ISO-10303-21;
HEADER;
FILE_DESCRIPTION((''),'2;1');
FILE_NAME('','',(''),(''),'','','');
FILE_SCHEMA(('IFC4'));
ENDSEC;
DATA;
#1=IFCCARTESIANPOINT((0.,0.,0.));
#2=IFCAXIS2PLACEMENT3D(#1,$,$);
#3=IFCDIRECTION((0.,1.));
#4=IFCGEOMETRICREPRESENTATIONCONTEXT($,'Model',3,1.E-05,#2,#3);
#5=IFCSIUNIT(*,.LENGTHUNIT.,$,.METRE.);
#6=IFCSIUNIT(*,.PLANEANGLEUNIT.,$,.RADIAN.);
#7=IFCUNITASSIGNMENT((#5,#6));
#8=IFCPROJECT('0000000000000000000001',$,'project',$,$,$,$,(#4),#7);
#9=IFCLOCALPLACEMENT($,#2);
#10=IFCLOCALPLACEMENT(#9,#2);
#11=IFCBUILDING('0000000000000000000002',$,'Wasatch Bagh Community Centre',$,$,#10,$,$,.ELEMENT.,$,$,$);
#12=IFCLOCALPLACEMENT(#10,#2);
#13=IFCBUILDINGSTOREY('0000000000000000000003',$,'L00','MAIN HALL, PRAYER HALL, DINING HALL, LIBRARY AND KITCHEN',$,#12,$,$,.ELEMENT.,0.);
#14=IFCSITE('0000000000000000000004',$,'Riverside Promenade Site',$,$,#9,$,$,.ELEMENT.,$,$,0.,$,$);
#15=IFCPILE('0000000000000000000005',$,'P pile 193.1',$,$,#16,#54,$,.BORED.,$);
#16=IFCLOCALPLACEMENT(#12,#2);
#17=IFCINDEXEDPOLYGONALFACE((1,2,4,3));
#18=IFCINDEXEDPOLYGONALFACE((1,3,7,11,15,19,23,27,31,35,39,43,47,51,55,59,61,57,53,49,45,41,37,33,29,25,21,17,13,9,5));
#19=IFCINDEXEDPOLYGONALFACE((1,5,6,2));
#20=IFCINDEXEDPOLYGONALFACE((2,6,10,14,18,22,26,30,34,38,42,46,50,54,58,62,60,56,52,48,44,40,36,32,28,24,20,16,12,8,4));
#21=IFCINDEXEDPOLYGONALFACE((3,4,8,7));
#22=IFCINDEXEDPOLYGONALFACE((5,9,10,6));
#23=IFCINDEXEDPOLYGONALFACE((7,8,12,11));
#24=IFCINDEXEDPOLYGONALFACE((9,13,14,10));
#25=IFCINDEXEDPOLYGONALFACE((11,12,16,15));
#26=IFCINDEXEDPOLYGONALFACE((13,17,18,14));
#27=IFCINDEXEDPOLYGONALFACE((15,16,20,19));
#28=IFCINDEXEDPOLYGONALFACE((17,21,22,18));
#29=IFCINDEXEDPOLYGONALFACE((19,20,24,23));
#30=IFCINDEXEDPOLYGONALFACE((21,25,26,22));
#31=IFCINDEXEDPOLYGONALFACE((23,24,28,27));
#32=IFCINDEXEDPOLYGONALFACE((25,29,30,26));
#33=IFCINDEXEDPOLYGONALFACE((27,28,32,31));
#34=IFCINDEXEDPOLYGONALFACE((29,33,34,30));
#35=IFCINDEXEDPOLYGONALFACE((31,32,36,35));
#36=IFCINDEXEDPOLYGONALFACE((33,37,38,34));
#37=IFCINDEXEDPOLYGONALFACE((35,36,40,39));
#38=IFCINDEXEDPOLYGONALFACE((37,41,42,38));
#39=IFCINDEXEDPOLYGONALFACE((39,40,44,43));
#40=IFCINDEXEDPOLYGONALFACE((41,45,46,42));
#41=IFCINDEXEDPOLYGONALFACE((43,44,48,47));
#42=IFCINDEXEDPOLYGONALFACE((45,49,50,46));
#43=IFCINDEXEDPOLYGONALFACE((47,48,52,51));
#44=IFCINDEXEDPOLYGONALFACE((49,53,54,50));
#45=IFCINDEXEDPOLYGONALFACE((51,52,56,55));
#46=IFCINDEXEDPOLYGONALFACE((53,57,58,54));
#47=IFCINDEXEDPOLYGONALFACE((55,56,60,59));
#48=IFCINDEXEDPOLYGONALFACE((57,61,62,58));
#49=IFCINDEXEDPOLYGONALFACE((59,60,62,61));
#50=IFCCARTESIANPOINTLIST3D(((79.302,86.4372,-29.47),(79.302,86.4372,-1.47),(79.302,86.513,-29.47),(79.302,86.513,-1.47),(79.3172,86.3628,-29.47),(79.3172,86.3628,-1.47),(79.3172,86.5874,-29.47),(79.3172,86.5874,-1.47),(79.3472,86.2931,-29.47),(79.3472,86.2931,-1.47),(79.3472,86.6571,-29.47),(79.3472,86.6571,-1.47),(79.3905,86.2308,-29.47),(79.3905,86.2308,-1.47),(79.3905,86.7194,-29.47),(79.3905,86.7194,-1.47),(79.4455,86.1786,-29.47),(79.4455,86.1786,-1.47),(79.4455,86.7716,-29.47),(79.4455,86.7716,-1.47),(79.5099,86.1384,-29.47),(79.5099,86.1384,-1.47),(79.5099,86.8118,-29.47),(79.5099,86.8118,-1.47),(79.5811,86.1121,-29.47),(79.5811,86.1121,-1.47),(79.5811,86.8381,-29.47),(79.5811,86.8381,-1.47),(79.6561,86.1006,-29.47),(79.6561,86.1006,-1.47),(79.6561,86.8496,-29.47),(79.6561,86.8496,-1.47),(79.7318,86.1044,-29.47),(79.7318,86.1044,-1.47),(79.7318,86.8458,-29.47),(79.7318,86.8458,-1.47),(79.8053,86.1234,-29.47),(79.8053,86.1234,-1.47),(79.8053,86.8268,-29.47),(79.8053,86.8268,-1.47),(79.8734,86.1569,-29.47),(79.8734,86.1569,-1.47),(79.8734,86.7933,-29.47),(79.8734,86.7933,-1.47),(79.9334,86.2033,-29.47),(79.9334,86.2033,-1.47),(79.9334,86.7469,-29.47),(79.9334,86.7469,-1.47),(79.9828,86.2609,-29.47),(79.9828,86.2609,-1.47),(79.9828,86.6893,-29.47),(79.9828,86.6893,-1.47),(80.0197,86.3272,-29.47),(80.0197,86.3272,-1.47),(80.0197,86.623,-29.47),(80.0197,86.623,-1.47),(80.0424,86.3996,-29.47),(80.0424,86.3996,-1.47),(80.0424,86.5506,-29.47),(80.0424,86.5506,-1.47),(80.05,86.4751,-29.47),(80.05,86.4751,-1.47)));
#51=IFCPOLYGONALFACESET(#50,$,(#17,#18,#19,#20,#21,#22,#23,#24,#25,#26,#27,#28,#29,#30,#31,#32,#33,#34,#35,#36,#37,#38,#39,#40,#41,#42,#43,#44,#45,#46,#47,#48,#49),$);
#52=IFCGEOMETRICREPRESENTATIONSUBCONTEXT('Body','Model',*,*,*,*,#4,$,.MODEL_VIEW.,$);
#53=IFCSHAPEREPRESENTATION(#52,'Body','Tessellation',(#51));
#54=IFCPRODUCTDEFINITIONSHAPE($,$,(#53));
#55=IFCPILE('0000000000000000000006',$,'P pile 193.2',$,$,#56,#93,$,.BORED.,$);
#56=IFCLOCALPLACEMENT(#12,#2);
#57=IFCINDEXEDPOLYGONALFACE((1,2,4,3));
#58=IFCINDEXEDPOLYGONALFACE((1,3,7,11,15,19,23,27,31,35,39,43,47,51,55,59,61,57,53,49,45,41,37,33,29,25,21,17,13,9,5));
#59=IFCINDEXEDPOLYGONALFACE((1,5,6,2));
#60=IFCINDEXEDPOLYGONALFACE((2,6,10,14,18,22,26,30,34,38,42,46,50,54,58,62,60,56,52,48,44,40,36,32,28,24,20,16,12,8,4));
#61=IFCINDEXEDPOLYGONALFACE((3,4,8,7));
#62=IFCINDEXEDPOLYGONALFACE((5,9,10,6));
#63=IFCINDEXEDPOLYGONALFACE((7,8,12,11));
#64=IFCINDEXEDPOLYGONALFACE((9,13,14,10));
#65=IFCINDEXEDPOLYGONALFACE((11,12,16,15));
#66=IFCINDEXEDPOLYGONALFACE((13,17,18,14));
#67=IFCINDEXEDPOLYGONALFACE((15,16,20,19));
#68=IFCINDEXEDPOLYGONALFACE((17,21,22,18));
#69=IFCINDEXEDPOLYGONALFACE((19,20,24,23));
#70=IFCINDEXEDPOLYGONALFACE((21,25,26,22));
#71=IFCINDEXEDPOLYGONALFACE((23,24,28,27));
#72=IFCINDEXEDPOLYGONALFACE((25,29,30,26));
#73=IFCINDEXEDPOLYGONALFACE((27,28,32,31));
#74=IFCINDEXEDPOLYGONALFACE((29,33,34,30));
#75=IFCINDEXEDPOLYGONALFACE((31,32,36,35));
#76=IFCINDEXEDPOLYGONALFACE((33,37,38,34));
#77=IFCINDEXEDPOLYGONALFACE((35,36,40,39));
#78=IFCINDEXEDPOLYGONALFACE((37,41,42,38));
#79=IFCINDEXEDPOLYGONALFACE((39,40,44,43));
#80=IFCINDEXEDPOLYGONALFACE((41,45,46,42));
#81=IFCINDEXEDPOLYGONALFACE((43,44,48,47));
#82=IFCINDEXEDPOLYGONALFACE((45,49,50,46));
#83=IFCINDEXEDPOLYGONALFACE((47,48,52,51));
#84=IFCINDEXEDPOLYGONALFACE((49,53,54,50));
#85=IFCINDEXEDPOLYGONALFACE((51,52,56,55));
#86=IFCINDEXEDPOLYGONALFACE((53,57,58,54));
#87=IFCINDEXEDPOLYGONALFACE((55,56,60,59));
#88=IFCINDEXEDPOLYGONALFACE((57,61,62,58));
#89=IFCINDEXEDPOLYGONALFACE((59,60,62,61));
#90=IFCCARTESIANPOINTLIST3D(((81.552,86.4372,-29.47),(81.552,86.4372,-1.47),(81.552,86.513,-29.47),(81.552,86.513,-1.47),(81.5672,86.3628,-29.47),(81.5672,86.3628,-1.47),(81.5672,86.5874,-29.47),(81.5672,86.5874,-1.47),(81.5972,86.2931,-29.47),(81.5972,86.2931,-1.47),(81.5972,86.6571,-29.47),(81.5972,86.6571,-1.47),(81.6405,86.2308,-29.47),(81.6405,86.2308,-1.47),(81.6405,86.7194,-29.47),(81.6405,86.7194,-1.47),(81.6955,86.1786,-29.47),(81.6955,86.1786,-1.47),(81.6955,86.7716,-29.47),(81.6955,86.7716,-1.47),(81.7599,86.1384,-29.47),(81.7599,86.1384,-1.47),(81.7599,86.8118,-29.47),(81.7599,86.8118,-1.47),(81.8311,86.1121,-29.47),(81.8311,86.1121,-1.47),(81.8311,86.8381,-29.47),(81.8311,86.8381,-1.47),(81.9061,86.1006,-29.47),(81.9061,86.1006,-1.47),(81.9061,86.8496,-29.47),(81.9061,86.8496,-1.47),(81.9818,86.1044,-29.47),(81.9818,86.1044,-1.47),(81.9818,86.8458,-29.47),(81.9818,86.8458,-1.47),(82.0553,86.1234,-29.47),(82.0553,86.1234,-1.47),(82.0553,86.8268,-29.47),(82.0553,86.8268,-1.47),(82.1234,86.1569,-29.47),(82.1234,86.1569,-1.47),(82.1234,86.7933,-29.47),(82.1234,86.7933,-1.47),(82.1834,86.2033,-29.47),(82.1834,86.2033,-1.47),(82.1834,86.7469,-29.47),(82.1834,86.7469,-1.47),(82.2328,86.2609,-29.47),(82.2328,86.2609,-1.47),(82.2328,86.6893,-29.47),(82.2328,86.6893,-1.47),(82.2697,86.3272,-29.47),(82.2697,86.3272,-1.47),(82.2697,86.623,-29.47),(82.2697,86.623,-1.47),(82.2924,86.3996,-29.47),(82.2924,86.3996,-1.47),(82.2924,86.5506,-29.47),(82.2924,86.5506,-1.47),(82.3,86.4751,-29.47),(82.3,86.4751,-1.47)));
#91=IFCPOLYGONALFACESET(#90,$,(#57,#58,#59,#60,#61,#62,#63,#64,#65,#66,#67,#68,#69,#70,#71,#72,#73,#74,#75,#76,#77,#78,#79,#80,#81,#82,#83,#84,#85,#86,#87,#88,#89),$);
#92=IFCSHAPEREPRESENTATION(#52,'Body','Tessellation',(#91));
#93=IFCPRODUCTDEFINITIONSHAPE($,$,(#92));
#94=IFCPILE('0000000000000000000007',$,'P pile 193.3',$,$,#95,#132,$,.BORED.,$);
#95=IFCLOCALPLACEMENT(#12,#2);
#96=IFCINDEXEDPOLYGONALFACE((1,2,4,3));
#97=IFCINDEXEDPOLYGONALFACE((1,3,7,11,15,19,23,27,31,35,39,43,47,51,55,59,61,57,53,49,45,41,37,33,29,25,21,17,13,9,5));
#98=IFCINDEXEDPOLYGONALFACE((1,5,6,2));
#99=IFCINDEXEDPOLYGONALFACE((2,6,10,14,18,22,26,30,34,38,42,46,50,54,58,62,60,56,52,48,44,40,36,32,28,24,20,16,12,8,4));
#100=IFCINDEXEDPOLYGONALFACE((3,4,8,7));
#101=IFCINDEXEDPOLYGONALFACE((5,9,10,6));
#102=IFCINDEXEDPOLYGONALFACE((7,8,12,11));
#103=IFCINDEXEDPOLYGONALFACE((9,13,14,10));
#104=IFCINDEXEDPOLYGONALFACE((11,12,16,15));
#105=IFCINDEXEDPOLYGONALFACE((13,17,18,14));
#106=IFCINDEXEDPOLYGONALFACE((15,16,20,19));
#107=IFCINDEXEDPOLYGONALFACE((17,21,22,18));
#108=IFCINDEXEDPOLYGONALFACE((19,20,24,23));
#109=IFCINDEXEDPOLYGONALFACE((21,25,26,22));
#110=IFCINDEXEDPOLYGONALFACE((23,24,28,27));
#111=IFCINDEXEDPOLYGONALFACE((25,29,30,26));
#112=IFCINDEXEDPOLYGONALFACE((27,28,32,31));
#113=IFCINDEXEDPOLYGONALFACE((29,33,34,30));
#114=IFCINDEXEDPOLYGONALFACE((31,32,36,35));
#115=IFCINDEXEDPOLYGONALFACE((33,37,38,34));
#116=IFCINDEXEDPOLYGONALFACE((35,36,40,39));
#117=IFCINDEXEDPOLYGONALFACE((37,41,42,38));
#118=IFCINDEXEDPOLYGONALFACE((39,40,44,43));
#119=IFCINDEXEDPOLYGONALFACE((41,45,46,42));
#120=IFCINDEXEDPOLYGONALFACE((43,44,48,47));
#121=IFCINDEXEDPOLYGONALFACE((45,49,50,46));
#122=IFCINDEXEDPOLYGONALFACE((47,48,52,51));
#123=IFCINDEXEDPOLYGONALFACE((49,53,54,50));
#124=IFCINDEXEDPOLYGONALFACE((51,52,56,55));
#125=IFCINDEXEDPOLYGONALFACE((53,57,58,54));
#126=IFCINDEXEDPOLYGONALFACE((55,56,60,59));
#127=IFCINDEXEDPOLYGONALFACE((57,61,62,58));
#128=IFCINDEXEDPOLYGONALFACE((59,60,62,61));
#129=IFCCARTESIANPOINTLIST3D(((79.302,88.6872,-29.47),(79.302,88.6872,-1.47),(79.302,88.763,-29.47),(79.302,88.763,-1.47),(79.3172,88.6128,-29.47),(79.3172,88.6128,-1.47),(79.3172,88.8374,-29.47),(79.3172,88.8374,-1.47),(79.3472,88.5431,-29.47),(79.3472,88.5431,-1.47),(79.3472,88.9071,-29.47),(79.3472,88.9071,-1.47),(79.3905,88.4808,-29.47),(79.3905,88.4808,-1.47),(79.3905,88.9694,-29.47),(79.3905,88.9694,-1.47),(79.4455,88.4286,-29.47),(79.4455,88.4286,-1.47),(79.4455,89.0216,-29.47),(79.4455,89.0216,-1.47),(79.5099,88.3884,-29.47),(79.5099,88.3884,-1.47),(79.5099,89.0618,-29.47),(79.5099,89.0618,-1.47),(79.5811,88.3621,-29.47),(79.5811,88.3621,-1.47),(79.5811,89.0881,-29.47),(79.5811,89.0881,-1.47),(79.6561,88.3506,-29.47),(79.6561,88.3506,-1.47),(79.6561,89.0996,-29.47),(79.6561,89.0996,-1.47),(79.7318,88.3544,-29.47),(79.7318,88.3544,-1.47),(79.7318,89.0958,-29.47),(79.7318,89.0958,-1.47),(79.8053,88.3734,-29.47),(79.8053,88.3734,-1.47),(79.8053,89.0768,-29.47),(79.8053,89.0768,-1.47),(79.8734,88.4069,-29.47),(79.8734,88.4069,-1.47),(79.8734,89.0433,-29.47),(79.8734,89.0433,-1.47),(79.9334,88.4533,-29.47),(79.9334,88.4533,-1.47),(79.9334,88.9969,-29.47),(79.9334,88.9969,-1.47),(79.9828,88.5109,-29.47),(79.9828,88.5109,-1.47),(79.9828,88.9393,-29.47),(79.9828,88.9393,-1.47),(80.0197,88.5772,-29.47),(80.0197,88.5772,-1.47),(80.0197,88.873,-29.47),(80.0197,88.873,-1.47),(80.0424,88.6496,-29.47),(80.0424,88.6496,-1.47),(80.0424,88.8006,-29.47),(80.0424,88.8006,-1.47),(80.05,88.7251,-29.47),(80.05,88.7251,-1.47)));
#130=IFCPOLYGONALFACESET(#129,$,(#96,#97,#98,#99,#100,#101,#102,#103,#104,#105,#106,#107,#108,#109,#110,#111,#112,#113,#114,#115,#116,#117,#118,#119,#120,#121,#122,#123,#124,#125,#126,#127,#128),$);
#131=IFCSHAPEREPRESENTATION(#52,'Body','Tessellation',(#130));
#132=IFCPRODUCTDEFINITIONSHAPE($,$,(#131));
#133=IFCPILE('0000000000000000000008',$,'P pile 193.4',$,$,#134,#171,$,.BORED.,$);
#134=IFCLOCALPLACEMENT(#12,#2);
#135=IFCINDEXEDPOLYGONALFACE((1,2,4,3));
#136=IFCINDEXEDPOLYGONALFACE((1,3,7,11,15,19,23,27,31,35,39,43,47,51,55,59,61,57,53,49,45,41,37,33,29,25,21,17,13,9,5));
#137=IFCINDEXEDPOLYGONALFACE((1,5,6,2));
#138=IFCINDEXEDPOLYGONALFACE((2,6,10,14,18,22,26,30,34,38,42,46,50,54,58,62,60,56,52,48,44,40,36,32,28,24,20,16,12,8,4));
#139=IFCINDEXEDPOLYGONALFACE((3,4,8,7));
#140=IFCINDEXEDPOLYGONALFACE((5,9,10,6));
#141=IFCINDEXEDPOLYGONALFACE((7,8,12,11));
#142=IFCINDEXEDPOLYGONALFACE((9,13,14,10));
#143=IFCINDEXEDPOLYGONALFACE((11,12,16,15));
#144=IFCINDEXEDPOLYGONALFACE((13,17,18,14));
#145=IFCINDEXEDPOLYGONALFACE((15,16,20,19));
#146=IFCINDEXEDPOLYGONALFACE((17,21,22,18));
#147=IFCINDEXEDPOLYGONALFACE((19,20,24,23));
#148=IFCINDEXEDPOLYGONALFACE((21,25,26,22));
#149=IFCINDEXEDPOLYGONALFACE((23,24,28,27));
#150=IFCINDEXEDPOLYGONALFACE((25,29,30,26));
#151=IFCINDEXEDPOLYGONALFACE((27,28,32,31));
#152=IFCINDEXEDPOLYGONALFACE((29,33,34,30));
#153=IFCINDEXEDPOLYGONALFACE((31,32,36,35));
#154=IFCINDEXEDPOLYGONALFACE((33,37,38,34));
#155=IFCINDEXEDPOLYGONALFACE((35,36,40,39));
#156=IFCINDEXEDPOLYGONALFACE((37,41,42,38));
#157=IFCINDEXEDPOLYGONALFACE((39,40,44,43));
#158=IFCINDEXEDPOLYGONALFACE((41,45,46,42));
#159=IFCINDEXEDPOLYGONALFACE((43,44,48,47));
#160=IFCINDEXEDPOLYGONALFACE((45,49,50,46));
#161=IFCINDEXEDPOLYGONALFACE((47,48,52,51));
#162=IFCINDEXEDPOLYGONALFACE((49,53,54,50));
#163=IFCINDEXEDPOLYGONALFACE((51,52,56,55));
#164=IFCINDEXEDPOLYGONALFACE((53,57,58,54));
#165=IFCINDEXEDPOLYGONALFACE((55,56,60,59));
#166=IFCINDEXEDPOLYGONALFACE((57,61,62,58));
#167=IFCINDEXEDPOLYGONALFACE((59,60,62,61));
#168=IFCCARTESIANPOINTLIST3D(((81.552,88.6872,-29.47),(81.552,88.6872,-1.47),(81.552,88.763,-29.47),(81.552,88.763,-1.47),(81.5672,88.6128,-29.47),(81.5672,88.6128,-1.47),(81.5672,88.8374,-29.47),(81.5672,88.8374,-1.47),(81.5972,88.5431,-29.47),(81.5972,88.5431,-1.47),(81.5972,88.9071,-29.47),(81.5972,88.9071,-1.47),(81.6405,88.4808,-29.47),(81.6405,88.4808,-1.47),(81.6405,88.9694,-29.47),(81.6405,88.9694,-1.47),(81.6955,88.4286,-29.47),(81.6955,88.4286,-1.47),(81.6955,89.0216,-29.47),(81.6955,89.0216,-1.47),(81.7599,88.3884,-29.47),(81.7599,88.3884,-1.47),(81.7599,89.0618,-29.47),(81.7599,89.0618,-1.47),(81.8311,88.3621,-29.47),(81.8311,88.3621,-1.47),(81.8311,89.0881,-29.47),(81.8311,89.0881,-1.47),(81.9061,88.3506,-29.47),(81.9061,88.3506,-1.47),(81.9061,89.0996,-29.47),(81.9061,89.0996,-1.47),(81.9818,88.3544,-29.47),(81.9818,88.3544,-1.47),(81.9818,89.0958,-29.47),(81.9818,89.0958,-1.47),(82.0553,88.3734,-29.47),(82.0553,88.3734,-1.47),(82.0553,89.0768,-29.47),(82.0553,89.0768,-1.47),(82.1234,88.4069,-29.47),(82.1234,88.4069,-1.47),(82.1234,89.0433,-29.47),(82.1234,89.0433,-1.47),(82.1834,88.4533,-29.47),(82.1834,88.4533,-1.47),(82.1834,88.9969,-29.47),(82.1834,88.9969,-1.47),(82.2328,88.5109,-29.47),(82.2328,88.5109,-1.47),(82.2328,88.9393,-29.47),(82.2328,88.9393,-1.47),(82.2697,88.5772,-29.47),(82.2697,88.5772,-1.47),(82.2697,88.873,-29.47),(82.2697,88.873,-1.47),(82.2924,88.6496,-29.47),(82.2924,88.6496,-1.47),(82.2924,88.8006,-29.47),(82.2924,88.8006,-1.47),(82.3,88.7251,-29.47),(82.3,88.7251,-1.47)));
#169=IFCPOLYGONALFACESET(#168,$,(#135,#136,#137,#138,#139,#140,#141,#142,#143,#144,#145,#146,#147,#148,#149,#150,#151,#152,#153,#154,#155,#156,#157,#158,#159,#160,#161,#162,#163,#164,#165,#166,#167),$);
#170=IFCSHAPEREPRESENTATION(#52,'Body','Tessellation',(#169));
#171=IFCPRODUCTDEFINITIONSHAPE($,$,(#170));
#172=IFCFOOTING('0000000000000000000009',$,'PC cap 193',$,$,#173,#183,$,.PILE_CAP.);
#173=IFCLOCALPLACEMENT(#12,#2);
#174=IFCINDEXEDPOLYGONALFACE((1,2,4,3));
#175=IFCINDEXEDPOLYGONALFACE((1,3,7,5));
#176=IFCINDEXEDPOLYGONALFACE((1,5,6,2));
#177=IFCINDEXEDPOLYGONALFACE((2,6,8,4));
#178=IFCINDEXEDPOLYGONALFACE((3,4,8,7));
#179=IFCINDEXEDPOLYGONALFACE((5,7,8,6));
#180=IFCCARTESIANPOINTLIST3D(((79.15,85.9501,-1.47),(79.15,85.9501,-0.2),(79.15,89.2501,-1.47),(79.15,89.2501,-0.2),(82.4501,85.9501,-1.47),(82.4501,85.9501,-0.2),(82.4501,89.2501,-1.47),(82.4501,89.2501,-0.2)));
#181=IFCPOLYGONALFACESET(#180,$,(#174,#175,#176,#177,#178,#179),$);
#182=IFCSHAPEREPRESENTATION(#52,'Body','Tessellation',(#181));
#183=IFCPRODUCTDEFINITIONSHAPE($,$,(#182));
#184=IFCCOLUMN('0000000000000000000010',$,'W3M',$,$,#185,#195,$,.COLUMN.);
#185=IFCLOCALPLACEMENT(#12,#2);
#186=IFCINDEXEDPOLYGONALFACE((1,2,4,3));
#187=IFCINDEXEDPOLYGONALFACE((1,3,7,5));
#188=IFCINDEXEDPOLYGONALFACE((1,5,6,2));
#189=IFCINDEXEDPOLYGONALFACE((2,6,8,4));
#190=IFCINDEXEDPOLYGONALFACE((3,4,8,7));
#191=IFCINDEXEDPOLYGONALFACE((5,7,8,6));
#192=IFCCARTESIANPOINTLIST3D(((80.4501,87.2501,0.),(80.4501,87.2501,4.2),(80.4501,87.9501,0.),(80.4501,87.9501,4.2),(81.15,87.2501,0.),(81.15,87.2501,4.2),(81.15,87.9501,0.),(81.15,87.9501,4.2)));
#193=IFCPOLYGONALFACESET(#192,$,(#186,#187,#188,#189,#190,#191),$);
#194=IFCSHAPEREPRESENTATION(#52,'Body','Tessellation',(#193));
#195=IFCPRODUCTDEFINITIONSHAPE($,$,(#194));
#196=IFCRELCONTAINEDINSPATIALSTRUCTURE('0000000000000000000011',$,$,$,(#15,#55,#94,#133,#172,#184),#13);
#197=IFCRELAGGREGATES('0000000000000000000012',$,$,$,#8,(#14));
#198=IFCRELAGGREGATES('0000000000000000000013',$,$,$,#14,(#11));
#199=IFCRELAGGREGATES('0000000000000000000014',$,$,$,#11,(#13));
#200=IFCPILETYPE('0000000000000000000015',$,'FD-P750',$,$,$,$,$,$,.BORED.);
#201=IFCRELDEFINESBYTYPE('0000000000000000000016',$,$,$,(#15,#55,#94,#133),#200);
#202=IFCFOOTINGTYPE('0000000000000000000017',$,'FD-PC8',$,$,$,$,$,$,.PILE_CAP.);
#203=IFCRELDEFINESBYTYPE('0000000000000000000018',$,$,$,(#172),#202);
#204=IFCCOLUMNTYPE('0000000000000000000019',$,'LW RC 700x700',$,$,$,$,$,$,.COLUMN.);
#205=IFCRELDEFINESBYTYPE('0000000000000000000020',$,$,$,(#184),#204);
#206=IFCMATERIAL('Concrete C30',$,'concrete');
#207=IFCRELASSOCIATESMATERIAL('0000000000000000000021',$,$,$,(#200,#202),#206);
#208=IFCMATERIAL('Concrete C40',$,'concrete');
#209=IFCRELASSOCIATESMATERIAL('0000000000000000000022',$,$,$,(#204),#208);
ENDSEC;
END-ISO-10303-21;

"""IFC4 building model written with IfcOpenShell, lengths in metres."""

from ifc_helpers import new_model, si_unit, direction, frame, origin, origin_2d, place, context, subcontext, project, spatial, rectangle, circle, extrude, material, material_profile, profile_set, type_object, element, save


model = new_model("IFC4")

# Units and contexts
model_context = context("Model", 3, precision=1e-05, world=origin(), true_north=direction((0.0, 1.0)))
body_context = subcontext(model_context, "Body", "Model", "MODEL_VIEW")
ifc_project = project(units=[si_unit("LENGTHUNIT", "METRE"), si_unit("PLANEANGLEUNIT", "RADIAN")], contexts=[model_context])

# Site, building, storey
site_placement = place(None, origin())
site = spatial("IfcSite", under=ifc_project, at=site_placement, Name="Riverside Promenade Site", CompositionType="ELEMENT", RefElevation=0.0)
building_placement = place(site_placement, origin())
building = spatial("IfcBuilding", under=site, at=building_placement, Name="Wasatch Bagh Community Centre", CompositionType="ELEMENT")
storey_placement = place(building_placement, origin())
storey = spatial("IfcBuildingStorey", under=building, at=storey_placement, Name="L00", Description="MAIN HALL, PRAYER HALL, DINING HALL, LIBRARY AND KITCHEN", CompositionType="ELEMENT", Elevation=0.0)

# Piles
ifc_material_1 = material(Name="Concrete C30", Category="concrete")
ifc_material_profile_1 = material_profile(ifc_material_1, circle(Radius=0.375, at=origin_2d()), Name="RC D750")
ifc_profile_set_1 = profile_set([ifc_material_profile_1], Name="Concrete C30")
pile_type_1 = type_object("IfcPileType", Name="FD-P750", PredefinedType="BORED", material=ifc_profile_set_1)
for number, where, z_axis, x_axis, name in (
    (1, (79.675, 86.4751, -1.47), (0.0, 0.0, -1.0), (1.0, 0.0, 0.0), "P pile 193.1"),
    (2, (81.925, 86.4751, -1.47), (0.0, 0.0, -1.0), (1.0, 0.0, 0.0), "P pile 193.2"),
    (3, (79.675, 88.7251, -1.47), (0.0, 0.0, -1.0), (1.0, 0.0, 0.0), "P pile 193.3"),
    (4, (81.925, 88.7251, -1.47), (0.0, 0.0, -1.0), (1.0, 0.0, 0.0), "P pile 193.4"),
):
    element("IfcPile", number, at=place(storey_placement, frame(where, z_axis=z_axis, x_axis=x_axis)), inside=storey, type_object=pile_type_1, Name=name, PredefinedType="BORED", context=body_context, shape_type="SweptSolid", body=[
        extrude(circle(Radius=0.375, at=origin_2d()), origin(), (0.0, 0.0, 1.0), 28.0),
    ])

# Footing
footing_type_1 = type_object("IfcFootingType", Name="FD-PC8", PredefinedType="PILE_CAP", material=ifc_material_1)
footing_1_placement = place(storey_placement, frame((80.8, 87.6001, -1.47), z_axis=(0.0, 0.0, 1.0), x_axis=(1.0, 0.0, 0.0)))
element("IfcFooting", 5, at=footing_1_placement, inside=storey, type_object=footing_type_1, Name="PC cap 193", PredefinedType="PILE_CAP", context=body_context, shape_type="SweptSolid", body=[
    extrude(rectangle(XDim=3.3, YDim=3.3, at=origin_2d()), origin(), (0.0, 0.0, 1.0), 1.27),
])

# Column
ifc_material_2 = material(Name="Concrete C40", Category="concrete")
ifc_material_profile_2 = material_profile(ifc_material_2, rectangle(XDim=0.7, YDim=0.7, at=origin_2d()), Name="RC 700x700")
ifc_profile_set_2 = profile_set([ifc_material_profile_2], Name="Concrete C40")
column_type = type_object("IfcColumnType", Name="LW RC 700x700", PredefinedType="COLUMN", material=ifc_profile_set_2)
column_placement = place(storey_placement, frame((80.8, 87.6001, 0.0), z_axis=(0.0, 0.0, 1.0), x_axis=(1.0, 0.0, 0.0)))
element("IfcColumn", 6, at=column_placement, inside=storey, type_object=column_type, Name="W3M", PredefinedType="COLUMN", context=body_context, shape_type="SweptSolid", body=[
    extrude(rectangle(XDim=0.7, YDim=0.7, at=origin_2d()), origin(), (0.0, 0.0, 1.0), 4.2),
])

save(model, "model.ifc")
